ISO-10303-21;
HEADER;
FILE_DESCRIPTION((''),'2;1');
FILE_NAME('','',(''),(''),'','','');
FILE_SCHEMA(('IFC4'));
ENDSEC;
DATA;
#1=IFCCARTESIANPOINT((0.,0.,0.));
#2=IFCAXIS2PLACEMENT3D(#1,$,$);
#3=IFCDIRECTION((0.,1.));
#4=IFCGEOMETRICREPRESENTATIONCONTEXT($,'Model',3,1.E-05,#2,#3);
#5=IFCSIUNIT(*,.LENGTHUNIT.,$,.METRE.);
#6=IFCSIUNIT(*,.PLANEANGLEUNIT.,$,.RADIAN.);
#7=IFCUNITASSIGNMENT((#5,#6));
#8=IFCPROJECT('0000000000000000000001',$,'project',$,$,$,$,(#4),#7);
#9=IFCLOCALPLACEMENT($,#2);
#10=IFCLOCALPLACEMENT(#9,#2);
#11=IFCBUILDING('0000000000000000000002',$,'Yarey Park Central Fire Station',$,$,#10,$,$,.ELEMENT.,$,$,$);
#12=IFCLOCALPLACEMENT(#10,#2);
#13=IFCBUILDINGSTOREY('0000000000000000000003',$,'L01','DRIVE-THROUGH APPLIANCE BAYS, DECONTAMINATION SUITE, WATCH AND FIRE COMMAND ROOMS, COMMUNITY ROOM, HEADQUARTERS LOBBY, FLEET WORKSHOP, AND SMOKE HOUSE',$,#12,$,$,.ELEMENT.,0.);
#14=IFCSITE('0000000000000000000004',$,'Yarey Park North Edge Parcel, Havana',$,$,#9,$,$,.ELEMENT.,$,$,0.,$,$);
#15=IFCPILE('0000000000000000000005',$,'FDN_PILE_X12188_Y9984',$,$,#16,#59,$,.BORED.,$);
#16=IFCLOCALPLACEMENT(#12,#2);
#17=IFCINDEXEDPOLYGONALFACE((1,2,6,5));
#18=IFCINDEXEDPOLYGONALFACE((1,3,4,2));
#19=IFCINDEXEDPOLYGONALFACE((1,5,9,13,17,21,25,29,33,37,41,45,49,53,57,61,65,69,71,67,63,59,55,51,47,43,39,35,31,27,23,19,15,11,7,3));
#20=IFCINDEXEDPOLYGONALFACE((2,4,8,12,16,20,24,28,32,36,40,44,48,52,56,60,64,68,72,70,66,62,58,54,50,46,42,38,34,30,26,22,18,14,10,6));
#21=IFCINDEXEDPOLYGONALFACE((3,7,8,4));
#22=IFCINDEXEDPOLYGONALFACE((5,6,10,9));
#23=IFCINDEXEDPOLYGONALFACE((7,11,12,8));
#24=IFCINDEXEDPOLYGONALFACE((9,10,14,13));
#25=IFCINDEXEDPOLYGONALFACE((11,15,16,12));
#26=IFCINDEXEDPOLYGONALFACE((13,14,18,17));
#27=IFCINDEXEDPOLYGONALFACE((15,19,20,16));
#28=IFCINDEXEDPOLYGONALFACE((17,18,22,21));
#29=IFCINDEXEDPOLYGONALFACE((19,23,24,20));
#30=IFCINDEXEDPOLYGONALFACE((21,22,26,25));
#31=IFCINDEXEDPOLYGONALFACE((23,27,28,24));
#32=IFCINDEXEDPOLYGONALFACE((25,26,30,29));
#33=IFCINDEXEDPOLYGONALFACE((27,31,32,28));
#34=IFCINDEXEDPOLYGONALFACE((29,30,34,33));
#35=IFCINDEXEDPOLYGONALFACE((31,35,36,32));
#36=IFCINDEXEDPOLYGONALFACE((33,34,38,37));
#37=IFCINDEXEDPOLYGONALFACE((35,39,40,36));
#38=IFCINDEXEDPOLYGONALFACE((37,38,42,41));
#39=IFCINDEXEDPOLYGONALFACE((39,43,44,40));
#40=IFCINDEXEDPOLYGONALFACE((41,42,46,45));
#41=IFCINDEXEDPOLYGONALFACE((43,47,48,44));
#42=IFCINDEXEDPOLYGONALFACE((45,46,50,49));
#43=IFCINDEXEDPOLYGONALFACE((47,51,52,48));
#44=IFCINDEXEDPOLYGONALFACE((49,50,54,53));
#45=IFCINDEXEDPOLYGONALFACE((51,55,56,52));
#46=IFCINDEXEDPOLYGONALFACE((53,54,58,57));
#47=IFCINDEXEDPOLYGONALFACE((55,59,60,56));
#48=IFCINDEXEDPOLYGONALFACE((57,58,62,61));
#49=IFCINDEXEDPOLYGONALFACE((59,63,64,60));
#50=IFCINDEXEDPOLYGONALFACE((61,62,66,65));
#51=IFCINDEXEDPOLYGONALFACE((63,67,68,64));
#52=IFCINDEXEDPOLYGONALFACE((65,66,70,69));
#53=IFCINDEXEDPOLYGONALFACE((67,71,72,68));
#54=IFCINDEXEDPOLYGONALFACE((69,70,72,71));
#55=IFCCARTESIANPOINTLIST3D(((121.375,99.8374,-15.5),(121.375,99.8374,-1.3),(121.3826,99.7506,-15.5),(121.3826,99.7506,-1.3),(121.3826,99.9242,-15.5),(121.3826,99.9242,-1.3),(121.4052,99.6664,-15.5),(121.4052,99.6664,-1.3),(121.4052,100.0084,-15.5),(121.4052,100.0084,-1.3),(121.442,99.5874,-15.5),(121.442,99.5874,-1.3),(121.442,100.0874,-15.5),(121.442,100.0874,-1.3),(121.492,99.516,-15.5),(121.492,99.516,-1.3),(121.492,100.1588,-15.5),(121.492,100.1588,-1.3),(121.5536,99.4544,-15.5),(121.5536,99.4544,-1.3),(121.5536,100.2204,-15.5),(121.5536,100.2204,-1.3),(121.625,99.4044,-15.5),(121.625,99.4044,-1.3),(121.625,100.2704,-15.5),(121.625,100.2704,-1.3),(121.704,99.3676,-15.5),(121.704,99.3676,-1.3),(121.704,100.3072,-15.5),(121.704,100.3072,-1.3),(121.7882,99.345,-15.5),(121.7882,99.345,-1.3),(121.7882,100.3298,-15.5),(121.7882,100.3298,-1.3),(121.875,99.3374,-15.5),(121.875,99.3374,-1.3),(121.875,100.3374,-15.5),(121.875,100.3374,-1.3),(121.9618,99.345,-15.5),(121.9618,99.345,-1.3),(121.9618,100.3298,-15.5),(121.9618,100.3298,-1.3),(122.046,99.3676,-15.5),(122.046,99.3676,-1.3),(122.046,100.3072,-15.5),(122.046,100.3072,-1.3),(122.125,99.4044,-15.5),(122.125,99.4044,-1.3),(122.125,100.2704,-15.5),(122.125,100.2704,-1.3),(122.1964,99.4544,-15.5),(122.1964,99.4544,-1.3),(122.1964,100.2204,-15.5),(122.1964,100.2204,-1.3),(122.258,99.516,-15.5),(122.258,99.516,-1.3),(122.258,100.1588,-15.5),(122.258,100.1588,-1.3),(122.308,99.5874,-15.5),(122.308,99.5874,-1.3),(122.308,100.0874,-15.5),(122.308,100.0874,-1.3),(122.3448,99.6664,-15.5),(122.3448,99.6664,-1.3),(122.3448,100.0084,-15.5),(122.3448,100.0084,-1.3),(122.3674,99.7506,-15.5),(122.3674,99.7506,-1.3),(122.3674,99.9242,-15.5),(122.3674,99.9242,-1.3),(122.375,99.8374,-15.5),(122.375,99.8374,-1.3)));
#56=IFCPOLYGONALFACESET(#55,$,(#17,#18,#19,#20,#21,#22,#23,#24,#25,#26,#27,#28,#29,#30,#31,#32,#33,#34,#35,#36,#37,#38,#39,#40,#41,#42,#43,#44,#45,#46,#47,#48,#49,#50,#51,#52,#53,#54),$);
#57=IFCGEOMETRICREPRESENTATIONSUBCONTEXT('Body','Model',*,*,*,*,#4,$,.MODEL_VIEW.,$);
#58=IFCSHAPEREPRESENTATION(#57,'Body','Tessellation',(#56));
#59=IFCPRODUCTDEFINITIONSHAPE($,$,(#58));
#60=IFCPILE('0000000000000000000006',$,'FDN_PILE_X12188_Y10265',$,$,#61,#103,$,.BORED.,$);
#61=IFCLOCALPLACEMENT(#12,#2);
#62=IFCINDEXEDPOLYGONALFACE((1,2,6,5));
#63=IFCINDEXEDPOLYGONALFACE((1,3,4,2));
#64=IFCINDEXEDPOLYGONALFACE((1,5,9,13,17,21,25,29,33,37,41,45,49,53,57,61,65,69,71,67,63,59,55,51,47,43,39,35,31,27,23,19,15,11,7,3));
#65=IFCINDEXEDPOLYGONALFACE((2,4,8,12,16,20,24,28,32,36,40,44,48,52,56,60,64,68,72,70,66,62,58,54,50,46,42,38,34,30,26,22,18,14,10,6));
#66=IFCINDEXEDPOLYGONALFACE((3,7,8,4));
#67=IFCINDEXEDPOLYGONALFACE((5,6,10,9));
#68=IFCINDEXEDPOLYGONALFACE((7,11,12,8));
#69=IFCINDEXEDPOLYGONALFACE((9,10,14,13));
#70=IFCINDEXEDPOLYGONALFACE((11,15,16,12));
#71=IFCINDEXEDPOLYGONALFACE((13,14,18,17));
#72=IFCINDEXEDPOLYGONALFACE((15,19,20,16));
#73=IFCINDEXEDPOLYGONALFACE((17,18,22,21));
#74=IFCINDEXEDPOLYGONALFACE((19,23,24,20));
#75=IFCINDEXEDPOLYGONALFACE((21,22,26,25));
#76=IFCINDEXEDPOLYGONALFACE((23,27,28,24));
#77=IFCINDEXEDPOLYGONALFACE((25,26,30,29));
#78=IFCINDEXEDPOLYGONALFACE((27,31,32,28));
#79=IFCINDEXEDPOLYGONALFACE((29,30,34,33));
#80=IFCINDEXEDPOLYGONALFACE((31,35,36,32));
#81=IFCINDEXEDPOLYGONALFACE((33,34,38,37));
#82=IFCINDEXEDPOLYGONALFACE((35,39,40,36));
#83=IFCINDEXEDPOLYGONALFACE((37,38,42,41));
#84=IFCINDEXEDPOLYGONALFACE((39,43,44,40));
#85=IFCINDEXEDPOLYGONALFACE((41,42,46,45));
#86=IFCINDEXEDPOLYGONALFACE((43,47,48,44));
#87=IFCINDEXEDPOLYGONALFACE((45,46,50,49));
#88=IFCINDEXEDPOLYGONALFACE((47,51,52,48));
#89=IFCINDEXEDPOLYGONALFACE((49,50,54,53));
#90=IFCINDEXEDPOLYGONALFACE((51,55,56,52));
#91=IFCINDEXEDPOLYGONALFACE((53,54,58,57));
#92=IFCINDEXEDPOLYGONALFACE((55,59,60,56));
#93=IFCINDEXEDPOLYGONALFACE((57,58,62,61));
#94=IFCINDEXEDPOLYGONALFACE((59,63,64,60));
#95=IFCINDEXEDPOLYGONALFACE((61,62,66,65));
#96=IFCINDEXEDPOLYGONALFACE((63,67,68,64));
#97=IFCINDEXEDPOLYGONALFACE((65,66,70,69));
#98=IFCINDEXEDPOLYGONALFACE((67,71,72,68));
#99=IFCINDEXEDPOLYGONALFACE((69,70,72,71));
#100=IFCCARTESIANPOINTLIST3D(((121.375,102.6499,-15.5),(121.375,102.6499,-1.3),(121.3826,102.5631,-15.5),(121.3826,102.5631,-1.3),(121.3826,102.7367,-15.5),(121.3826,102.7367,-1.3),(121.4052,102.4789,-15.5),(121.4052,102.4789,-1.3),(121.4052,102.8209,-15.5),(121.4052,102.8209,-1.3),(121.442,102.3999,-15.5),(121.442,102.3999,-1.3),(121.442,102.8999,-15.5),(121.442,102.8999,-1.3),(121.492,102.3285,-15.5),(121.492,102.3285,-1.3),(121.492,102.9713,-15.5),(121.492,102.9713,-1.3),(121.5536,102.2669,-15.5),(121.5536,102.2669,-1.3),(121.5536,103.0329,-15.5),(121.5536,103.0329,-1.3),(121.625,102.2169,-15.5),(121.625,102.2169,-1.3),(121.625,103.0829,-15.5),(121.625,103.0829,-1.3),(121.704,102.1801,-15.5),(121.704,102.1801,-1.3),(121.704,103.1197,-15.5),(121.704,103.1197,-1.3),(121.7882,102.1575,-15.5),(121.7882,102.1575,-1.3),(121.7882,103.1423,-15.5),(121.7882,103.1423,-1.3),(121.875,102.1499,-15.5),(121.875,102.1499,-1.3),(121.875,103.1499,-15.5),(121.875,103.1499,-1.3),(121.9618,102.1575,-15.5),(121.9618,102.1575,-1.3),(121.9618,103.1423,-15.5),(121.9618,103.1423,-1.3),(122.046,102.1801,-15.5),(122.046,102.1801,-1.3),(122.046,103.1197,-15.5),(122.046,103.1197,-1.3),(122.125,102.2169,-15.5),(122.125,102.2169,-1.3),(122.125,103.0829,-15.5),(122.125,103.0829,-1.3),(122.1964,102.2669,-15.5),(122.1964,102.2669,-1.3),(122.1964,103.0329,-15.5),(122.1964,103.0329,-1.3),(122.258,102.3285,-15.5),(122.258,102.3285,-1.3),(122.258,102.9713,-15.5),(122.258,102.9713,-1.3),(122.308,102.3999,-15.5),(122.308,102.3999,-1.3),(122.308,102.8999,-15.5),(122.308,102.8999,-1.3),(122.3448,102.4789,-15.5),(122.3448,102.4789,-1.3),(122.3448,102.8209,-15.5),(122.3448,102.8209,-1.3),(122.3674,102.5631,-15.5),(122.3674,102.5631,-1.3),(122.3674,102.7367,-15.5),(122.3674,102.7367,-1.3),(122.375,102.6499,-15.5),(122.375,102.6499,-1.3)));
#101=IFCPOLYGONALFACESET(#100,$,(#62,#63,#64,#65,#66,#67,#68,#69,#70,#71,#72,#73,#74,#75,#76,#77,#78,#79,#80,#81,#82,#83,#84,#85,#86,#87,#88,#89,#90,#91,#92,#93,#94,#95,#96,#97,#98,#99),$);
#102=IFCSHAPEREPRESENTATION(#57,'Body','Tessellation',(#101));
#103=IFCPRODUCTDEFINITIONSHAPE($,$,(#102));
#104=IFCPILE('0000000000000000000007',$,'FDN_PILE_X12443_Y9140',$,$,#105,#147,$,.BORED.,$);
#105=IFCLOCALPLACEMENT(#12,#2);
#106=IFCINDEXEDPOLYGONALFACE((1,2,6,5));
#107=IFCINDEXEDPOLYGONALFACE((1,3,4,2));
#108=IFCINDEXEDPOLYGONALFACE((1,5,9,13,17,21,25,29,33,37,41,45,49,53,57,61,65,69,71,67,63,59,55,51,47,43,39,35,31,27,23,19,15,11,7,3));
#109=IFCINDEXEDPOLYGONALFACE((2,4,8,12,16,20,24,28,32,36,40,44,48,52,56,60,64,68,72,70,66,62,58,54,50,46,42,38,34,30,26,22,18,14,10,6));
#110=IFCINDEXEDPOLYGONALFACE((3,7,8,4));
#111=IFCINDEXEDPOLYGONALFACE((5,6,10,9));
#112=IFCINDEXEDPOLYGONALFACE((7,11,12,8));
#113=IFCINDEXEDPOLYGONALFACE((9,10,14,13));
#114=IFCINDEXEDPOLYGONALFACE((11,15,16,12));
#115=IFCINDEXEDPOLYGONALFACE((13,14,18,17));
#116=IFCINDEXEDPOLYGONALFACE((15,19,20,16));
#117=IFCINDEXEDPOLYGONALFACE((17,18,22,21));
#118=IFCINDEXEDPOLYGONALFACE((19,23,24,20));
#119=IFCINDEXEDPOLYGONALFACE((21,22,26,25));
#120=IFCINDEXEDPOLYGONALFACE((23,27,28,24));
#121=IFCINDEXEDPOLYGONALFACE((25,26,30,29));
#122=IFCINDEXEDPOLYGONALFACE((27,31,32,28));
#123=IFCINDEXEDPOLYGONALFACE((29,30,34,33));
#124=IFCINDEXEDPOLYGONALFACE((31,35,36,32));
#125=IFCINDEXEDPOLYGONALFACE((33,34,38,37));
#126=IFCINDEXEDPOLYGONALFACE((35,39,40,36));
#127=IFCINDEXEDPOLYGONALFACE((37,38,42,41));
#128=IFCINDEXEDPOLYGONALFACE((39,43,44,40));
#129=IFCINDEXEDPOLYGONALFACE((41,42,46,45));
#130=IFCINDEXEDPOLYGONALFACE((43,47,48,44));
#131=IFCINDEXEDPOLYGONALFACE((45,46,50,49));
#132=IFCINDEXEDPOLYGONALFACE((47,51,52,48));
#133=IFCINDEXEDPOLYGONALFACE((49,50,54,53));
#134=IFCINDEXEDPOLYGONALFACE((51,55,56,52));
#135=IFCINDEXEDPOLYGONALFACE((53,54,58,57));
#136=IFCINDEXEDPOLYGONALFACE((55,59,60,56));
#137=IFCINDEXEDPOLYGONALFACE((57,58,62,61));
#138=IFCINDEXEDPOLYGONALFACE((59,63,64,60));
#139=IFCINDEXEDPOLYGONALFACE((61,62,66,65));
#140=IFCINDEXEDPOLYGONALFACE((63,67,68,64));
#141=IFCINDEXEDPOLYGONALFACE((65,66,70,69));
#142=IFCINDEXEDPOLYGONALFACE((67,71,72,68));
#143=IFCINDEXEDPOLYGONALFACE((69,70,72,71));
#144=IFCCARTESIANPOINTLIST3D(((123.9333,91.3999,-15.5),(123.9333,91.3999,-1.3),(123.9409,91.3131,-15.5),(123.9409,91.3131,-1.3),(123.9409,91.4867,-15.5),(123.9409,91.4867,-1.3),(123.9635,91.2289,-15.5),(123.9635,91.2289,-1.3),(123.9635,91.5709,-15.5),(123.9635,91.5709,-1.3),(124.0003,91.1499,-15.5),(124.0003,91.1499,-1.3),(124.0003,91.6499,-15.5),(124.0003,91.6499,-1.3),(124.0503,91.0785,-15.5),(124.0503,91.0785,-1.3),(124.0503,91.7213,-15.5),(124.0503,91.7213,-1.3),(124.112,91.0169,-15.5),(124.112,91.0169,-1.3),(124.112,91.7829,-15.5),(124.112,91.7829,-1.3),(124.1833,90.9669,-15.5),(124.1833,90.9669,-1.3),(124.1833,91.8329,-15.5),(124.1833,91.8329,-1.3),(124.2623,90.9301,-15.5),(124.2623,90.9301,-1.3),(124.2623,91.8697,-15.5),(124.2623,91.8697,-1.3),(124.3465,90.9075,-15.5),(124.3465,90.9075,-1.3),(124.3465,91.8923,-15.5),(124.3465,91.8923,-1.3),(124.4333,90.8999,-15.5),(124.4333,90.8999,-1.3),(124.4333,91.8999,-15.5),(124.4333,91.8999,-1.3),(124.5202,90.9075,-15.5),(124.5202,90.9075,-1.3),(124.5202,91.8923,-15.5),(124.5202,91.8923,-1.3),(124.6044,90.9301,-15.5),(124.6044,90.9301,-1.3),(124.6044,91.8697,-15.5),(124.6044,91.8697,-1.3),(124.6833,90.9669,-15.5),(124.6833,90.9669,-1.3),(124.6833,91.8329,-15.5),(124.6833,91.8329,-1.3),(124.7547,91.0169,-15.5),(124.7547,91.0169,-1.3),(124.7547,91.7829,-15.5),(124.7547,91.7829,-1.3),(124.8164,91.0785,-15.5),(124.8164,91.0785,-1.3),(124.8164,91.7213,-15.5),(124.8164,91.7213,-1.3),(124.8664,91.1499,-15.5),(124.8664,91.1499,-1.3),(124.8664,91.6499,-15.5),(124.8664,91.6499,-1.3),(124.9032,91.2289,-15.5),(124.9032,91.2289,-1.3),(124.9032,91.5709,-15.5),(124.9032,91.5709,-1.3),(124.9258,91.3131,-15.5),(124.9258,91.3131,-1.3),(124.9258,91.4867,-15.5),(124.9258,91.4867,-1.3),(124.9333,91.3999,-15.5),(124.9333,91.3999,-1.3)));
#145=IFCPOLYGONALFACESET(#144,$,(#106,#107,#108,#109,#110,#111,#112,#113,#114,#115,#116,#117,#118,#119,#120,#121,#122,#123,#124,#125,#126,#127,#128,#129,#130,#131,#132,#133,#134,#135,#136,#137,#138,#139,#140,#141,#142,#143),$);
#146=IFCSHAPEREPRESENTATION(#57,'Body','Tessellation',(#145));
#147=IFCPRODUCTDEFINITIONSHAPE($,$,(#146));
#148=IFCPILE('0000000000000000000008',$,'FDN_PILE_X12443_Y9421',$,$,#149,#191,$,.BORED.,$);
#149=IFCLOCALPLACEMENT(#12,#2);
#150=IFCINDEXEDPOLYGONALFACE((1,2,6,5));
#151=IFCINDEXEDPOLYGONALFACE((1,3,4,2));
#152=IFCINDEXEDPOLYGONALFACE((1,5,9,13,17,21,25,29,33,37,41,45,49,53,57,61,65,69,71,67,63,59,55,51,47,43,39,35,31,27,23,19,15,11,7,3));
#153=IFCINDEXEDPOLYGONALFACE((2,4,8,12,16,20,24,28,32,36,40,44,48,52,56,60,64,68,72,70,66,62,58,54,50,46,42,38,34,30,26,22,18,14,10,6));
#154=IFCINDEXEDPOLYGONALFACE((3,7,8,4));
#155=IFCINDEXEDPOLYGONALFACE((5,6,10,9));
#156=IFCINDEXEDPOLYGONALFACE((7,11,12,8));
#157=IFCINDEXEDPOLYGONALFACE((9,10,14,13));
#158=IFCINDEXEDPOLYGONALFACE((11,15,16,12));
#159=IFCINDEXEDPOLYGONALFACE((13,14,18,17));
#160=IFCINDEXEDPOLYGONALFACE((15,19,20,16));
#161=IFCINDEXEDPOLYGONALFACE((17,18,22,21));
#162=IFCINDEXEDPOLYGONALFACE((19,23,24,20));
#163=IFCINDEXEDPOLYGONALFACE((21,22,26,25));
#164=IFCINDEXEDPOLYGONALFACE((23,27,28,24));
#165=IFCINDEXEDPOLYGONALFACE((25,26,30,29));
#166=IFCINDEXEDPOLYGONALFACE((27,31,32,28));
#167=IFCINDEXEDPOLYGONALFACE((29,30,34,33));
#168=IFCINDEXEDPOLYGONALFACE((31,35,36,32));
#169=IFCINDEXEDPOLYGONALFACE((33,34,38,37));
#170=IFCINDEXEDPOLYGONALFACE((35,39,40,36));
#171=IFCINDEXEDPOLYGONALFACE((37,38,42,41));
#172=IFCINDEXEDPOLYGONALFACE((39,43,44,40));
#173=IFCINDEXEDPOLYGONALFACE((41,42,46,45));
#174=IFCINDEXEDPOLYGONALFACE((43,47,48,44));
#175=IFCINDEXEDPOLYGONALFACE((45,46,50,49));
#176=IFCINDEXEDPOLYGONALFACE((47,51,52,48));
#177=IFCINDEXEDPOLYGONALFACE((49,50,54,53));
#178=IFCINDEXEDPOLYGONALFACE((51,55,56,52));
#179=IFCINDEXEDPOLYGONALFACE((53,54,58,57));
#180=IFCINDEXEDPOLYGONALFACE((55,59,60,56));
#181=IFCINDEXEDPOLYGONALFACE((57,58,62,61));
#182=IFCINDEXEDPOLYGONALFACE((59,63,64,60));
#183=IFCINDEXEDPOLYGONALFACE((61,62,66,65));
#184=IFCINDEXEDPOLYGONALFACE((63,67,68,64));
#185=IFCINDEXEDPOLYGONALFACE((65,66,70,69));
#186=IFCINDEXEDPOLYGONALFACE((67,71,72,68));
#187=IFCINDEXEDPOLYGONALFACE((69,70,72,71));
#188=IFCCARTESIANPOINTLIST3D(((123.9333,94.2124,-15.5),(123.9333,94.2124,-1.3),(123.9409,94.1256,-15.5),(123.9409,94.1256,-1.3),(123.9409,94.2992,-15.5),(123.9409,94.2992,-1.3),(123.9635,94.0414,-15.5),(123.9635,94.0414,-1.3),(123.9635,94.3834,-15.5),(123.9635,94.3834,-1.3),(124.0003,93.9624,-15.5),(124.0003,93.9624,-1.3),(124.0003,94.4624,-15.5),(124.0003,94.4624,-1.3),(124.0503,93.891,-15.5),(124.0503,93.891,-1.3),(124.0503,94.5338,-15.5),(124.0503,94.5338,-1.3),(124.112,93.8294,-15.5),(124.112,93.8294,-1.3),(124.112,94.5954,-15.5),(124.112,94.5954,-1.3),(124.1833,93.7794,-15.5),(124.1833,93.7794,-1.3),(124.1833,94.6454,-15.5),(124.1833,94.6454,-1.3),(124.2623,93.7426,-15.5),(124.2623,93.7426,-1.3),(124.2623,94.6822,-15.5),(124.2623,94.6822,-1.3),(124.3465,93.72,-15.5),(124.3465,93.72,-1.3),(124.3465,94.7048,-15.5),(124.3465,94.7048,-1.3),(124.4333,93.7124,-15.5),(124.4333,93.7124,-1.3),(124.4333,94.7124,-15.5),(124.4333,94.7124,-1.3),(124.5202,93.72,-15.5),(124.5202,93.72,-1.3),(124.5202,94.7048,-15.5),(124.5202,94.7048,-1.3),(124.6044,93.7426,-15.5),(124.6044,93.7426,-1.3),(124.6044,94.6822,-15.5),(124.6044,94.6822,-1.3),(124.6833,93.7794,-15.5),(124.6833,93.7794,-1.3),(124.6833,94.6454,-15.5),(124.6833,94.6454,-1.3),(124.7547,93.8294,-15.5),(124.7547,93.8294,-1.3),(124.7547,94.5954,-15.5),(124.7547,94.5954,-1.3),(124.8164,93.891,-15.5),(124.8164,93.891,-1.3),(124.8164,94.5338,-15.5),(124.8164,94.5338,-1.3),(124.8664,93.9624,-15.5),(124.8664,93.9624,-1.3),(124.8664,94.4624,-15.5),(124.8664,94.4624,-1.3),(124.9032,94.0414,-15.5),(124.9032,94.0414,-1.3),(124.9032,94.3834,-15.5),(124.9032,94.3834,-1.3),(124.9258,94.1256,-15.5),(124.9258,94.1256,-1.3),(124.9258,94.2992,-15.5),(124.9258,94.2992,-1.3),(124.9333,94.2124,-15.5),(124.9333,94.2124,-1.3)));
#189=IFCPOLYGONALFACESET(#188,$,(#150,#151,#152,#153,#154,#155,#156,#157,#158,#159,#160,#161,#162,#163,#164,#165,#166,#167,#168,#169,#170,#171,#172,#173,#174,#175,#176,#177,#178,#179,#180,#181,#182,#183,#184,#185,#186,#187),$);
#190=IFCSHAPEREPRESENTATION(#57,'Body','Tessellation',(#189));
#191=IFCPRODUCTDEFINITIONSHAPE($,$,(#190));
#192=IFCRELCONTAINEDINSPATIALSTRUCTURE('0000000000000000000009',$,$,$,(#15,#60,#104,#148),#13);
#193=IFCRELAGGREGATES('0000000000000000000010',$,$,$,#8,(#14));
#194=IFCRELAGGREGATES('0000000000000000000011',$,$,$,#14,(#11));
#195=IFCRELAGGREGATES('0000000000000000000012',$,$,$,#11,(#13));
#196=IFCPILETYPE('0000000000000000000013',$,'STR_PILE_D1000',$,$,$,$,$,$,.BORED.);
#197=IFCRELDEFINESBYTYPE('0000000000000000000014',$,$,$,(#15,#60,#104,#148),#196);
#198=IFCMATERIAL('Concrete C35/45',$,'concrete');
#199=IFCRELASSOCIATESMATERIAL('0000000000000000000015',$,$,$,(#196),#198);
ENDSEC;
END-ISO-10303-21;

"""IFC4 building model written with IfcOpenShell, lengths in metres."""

from ifc_helpers import new_model, si_unit, direction, frame, origin, origin_2d, place, context, subcontext, project, spatial, circle, extrude, material, material_profile, profile_set, type_object, element, save


model = new_model("IFC4")

# Units and contexts
model_context = context("Model", 3, precision=1e-05, world=origin(), true_north=direction((0.0, 1.0)))
body_context = subcontext(model_context, "Body", "Model", "MODEL_VIEW")
ifc_project = project(units=[si_unit("LENGTHUNIT", "METRE"), si_unit("PLANEANGLEUNIT", "RADIAN")], contexts=[model_context])

# Site, building, storey
site_placement = place(None, origin())
site = spatial("IfcSite", under=ifc_project, at=site_placement, Name="Yarey Park North Edge Parcel, Havana", CompositionType="ELEMENT", RefElevation=0.0)
building_placement = place(site_placement, origin())
building = spatial("IfcBuilding", under=site, at=building_placement, Name="Yarey Park Central Fire Station", CompositionType="ELEMENT")
storey_placement = place(building_placement, origin())
storey = spatial("IfcBuildingStorey", under=building, at=storey_placement, Name="L01", Description="DRIVE-THROUGH APPLIANCE BAYS, DECONTAMINATION SUITE, WATCH AND FIRE COMMAND ROOMS, COMMUNITY ROOM, HEADQUARTERS LOBBY, FLEET WORKSHOP, AND SMOKE HOUSE", CompositionType="ELEMENT", Elevation=0.0)

# Piles
ifc_material_1 = material(Name="Concrete C35/45", Category="concrete")
ifc_material_profile_1 = material_profile(ifc_material_1, circle(Radius=0.5, at=origin_2d()), Name="BORED PILE D1000")
ifc_profile_set_1 = profile_set([ifc_material_profile_1], Name="Concrete C35/45")
pile_type = type_object("IfcPileType", Name="STR_PILE_D1000", PredefinedType="BORED", material=ifc_profile_set_1)
for number, where, z_axis, x_axis, name in (
    (1, (121.875, 99.8374, -1.3), (0.0, 0.0, -1.0), (1.0, 0.0, 0.0), "FDN_PILE_X12188_Y9984"),
    (2, (121.875, 102.6499, -1.3), (0.0, 0.0, -1.0), (1.0, 0.0, 0.0), "FDN_PILE_X12188_Y10265"),
    (3, (124.4333, 91.3999, -1.3), (0.0, 0.0, -1.0), (1.0, 0.0, 0.0), "FDN_PILE_X12443_Y9140"),
    (4, (124.4333, 94.2124, -1.3), (0.0, 0.0, -1.0), (1.0, 0.0, 0.0), "FDN_PILE_X12443_Y9421"),
):
    element("IfcPile", number, at=place(storey_placement, frame(where, z_axis=z_axis, x_axis=x_axis)), inside=storey, type_object=pile_type, Name=name, PredefinedType="BORED", context=body_context, shape_type="SweptSolid", body=[
        extrude(circle(Radius=0.5, at=origin_2d()), origin(), (0.0, 0.0, 1.0), 14.2),
    ])

save(model, "model.ifc")
